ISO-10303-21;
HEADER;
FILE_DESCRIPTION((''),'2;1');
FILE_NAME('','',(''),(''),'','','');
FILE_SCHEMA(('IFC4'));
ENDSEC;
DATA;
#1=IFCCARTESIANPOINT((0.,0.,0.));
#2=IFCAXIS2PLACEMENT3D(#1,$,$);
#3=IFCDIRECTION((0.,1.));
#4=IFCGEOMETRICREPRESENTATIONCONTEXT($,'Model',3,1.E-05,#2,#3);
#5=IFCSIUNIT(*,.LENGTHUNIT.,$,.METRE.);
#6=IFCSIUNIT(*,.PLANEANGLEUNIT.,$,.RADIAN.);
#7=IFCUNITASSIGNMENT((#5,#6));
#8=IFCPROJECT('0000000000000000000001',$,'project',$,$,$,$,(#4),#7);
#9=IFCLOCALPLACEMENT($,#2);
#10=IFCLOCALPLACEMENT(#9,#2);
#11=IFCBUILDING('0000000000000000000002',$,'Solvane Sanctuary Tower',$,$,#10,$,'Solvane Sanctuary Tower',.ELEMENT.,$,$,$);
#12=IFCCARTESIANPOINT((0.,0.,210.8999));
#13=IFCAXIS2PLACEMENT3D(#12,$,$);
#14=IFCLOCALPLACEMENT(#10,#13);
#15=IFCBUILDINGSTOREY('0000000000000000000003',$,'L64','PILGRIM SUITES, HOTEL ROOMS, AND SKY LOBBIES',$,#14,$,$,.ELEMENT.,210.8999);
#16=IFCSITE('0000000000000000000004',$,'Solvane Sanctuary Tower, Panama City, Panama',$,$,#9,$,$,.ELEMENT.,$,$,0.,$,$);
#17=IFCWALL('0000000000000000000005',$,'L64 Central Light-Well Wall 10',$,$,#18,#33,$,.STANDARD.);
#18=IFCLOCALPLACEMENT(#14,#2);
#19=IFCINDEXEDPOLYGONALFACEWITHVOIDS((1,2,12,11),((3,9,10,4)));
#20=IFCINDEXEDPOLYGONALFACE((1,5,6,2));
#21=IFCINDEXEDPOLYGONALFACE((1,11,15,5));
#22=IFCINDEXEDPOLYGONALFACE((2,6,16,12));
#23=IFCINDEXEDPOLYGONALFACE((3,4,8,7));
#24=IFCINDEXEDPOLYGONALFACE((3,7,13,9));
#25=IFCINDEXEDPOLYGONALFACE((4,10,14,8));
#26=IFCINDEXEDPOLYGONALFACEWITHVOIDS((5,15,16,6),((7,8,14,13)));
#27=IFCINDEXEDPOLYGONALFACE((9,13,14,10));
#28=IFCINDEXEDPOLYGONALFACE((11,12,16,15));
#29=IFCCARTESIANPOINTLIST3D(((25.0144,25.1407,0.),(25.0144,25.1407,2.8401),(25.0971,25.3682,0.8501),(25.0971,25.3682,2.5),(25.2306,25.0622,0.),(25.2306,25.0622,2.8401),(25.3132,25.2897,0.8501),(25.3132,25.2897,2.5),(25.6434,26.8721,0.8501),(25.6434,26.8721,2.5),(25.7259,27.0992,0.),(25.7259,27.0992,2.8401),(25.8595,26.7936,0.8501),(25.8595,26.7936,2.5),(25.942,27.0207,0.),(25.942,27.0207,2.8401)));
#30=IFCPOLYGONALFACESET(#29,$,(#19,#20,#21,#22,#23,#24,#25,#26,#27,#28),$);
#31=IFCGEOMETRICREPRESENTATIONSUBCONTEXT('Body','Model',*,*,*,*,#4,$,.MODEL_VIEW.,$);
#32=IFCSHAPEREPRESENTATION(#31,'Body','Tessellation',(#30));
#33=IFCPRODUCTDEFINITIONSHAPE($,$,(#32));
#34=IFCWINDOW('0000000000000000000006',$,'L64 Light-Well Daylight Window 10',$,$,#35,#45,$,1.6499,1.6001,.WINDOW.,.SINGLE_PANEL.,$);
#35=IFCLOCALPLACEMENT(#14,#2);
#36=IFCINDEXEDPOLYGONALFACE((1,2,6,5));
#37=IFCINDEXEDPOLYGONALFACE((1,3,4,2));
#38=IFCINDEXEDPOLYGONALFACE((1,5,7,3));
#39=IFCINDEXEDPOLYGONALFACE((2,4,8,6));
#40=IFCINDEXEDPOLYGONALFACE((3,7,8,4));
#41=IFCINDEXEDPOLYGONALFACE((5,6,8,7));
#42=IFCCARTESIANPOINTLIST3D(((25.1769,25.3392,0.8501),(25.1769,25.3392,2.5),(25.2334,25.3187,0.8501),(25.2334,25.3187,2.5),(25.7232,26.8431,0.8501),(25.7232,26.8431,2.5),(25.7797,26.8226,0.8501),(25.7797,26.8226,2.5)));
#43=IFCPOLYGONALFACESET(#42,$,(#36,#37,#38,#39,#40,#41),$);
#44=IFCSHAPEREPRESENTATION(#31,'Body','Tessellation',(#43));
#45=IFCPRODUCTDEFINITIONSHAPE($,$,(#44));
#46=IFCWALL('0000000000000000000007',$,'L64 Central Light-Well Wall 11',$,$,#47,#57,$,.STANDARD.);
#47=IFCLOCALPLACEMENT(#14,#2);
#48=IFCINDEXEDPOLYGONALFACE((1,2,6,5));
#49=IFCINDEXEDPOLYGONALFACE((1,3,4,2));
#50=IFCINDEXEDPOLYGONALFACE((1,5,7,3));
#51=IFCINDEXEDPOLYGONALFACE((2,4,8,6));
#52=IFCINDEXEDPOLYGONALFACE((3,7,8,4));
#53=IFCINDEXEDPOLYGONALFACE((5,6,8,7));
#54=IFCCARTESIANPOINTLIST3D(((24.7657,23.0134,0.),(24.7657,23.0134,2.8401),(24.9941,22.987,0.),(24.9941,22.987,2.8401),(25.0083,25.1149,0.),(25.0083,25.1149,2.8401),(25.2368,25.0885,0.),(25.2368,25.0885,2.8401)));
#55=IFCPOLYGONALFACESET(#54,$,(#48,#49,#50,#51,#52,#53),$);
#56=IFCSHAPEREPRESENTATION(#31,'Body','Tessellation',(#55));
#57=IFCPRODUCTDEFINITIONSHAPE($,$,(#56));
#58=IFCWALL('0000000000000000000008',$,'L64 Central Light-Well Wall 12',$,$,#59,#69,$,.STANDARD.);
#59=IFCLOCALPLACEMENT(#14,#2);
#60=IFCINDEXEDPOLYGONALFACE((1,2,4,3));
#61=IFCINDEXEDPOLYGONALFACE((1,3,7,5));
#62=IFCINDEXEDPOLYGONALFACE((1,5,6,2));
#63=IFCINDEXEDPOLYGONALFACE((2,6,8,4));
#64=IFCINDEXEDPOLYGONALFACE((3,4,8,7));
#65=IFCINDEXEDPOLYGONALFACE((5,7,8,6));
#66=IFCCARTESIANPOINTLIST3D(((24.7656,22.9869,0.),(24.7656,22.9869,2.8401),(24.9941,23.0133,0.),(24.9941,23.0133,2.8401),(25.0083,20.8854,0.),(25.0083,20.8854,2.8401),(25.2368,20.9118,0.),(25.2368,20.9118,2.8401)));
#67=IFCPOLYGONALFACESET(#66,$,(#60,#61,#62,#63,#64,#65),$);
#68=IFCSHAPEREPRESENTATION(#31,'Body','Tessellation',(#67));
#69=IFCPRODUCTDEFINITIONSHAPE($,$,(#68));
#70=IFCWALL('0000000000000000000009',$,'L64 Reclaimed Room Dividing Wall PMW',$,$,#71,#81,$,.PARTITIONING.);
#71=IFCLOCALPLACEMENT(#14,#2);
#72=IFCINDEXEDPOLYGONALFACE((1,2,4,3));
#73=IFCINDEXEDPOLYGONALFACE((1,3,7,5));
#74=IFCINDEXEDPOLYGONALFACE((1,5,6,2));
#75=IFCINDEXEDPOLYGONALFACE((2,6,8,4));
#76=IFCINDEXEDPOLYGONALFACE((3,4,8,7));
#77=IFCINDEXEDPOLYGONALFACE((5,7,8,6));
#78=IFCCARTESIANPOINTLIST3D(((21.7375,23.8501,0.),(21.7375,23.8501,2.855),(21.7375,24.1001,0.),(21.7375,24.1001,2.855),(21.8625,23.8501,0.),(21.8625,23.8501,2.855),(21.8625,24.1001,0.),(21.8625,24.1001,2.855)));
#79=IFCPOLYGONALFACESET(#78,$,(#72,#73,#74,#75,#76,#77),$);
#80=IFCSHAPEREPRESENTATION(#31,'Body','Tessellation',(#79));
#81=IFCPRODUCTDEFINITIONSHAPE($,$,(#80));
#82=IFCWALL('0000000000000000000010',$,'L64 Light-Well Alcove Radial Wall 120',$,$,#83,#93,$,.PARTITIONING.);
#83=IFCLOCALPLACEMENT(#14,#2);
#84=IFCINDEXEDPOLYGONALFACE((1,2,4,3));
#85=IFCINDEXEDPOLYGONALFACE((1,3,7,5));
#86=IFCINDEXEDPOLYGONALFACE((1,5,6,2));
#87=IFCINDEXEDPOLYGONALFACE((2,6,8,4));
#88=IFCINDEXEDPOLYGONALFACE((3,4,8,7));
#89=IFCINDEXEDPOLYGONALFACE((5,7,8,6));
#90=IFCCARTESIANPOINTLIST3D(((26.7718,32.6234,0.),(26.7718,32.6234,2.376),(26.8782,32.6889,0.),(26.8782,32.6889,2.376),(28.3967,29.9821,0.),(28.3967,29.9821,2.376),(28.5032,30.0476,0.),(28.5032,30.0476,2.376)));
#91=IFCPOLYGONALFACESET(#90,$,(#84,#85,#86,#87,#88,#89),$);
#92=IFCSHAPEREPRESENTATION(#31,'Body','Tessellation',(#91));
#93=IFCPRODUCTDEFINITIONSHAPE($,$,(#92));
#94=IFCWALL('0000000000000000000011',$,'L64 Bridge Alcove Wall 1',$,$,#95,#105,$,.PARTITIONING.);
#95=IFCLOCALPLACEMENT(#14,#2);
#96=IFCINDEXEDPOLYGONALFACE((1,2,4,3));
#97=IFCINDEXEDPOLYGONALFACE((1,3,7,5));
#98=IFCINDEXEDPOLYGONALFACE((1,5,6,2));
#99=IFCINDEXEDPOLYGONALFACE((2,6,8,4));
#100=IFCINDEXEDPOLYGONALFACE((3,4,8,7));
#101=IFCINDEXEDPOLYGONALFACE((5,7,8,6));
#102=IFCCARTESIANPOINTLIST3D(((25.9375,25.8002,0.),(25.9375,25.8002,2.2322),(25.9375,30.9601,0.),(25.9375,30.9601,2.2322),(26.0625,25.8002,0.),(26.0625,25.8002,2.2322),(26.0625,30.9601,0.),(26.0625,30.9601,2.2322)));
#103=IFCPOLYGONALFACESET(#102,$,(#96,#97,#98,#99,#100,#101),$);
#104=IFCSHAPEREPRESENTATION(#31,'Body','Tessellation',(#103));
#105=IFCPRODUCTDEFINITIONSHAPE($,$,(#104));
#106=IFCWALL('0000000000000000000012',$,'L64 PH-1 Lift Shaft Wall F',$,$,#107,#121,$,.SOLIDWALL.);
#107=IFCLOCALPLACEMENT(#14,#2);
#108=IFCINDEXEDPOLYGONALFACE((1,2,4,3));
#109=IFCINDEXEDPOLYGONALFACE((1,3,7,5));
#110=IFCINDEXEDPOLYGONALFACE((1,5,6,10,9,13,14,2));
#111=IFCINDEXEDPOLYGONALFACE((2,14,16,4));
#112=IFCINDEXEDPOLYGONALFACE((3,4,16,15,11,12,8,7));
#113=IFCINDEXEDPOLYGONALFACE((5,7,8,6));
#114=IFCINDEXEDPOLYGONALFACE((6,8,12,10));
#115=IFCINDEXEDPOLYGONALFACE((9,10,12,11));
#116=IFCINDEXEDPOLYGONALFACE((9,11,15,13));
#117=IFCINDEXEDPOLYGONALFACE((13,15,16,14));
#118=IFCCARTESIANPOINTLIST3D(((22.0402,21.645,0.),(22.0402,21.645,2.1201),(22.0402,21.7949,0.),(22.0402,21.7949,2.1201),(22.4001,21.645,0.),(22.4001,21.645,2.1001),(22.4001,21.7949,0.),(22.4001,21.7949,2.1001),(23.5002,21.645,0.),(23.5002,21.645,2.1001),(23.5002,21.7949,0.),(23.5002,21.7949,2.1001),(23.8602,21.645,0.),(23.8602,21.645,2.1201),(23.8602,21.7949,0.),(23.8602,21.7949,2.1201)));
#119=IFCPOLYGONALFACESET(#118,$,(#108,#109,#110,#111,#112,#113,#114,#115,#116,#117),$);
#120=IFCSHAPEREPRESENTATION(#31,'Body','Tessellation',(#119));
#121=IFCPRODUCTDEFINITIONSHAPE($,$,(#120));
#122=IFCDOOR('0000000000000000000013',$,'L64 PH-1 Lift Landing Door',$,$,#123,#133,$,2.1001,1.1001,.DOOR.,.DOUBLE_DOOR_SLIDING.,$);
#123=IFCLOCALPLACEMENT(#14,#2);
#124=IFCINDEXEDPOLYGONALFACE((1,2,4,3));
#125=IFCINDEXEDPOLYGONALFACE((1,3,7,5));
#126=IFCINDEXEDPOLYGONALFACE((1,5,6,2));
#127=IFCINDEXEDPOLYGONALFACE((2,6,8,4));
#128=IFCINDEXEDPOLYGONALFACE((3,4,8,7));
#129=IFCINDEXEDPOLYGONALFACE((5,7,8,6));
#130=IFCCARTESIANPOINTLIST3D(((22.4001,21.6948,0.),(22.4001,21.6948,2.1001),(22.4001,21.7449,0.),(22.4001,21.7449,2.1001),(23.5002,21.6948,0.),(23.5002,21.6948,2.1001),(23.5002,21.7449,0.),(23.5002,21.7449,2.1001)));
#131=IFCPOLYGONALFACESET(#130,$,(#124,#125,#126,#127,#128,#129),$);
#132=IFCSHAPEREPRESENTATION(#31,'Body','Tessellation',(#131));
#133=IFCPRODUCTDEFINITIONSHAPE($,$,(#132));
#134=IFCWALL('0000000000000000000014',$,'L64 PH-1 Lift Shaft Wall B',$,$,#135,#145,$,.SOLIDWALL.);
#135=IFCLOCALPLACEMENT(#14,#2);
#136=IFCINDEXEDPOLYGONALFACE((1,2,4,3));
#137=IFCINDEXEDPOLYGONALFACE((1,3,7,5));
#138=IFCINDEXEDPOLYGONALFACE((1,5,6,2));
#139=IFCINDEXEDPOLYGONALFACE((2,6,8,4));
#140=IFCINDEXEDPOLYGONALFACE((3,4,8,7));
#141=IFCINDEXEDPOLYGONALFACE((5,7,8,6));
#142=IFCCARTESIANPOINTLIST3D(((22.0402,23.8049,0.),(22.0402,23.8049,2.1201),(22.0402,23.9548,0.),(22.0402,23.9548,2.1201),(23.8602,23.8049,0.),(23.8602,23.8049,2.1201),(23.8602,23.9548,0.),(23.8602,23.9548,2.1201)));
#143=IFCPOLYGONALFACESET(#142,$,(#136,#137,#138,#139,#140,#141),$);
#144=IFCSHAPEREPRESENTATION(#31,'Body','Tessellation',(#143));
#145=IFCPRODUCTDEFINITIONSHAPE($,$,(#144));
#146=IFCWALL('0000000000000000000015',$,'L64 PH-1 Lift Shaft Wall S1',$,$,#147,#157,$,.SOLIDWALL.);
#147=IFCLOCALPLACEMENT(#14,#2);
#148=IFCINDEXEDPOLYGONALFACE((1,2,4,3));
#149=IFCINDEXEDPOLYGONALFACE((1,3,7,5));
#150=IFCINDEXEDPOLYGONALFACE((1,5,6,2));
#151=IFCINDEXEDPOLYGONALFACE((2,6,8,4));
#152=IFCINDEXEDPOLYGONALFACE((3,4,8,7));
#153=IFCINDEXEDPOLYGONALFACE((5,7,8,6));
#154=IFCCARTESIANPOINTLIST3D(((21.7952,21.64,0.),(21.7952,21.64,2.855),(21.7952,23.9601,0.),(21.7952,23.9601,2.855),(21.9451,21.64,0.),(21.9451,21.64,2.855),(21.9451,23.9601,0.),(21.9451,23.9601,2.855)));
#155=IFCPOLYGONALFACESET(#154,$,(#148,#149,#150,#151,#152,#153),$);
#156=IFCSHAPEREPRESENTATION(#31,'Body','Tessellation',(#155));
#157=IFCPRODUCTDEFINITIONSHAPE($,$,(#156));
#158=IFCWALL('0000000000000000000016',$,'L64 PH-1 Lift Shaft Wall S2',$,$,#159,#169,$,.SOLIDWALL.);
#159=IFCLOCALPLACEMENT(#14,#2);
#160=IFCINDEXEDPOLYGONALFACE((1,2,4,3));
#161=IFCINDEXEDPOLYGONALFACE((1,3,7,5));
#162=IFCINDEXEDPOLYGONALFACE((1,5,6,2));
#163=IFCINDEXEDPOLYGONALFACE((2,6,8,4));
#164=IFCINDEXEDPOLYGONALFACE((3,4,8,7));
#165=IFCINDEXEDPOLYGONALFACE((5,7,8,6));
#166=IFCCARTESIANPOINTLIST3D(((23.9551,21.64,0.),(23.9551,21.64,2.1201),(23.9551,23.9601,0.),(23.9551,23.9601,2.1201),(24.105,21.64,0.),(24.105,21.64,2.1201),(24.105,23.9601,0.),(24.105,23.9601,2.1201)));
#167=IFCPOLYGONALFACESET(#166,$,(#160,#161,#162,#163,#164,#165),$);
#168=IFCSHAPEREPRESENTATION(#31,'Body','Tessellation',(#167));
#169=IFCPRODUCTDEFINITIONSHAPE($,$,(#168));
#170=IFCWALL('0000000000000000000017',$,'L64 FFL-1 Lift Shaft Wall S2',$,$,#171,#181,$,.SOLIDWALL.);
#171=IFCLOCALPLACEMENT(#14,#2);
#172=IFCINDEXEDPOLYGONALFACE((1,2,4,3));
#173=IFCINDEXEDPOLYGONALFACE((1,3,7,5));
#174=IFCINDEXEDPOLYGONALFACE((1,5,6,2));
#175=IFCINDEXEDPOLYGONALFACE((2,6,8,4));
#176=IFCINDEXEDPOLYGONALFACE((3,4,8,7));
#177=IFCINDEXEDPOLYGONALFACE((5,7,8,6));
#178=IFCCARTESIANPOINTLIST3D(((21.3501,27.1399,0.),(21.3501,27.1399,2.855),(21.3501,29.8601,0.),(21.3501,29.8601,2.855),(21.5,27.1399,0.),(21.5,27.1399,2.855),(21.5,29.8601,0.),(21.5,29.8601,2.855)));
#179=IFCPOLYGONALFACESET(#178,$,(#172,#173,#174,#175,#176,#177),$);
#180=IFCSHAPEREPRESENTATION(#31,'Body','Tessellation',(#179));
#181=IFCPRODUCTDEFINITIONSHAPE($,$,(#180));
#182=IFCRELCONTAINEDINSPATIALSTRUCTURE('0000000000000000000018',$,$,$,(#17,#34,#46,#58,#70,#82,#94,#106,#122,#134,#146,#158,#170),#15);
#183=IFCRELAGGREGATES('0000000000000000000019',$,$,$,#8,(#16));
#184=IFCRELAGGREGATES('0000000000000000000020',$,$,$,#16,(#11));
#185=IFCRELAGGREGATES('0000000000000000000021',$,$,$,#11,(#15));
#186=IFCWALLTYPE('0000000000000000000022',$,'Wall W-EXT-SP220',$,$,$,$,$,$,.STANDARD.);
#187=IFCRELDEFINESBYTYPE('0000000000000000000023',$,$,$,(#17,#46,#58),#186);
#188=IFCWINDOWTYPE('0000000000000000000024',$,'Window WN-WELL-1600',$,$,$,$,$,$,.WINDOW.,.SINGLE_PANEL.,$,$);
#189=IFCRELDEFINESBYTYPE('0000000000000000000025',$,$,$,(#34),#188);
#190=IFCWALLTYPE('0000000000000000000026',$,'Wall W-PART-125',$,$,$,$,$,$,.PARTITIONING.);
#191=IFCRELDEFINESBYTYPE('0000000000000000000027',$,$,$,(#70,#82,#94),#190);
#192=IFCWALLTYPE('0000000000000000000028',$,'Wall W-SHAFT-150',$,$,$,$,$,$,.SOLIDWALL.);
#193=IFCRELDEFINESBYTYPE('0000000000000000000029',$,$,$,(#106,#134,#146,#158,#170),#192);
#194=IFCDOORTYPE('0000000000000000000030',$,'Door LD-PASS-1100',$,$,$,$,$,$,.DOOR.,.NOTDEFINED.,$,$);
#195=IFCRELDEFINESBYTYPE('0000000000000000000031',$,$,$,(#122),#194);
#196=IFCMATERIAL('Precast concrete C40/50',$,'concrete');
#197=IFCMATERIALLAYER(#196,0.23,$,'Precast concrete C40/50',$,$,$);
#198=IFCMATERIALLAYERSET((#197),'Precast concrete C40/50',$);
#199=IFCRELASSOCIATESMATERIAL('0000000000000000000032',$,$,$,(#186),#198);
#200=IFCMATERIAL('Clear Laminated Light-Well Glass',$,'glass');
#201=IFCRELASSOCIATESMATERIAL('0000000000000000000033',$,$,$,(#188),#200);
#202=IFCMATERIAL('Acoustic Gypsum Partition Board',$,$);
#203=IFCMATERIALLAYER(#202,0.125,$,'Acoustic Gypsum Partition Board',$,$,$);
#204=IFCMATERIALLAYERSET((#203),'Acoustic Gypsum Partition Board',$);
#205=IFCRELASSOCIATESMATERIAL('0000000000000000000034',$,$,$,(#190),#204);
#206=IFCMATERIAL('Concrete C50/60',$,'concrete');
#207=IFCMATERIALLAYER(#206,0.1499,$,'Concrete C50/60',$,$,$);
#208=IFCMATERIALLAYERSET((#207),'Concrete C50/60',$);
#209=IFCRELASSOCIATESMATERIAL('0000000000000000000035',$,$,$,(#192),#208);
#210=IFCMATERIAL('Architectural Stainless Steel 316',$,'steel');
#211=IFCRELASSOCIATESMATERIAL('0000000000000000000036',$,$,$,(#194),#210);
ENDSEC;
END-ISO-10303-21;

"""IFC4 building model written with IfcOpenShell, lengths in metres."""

from ifc_helpers import new_model, si_unit, direction, frame, frame_2d, origin, place, context, subcontext, project, spatial, rectangle, extrude, material, layer, layer_set, type_object, element, fill, save


model = new_model("IFC4")

# Units and contexts
model_context = context("Model", 3, precision=1e-05, world=origin(), true_north=direction((0.0, 1.0)))
body_context = subcontext(model_context, "Body", "Model", "MODEL_VIEW")
ifc_project = project(units=[si_unit("LENGTHUNIT", "METRE"), si_unit("PLANEANGLEUNIT", "RADIAN")], contexts=[model_context])

# Site, building, storey
site_placement = place(None, origin())
site = spatial("IfcSite", under=ifc_project, at=site_placement, Name="Solvane Sanctuary Tower, Panama City, Panama", CompositionType="ELEMENT", RefElevation=0.0)
building_placement = place(site_placement, origin())
building = spatial("IfcBuilding", under=site, at=building_placement, Name="Solvane Sanctuary Tower", LongName="Solvane Sanctuary Tower", CompositionType="ELEMENT")
storey_placement = place(building_placement, frame((0.0, 0.0, 210.8999)))
storey = spatial("IfcBuildingStorey", under=building, at=storey_placement, Name="L64", Description="PILGRIM SUITES, HOTEL ROOMS, AND SKY LOBBIES", CompositionType="ELEMENT", Elevation=210.8999)

# Shared definitions
ifc_material_1 = material(Name="Concrete C50/60", Category="concrete")

# Shared definitions
ifc_material_2 = material(Name="Acoustic Gypsum Partition Board")
ifc_material_3 = material(Name="Architectural Stainless Steel 316", Category="steel")

# Shared definitions
ifc_material_4 = material(Name="Precast concrete C40/50", Category="concrete")
ifc_layer_1 = layer(ifc_material_4, 0.23, Name="Precast concrete C40/50")
ifc_layer_set_1 = layer_set([ifc_layer_1], Name="Precast concrete C40/50")
wall_type_1 = type_object("IfcWallType", Name="Wall W-EXT-SP220", PredefinedType="STANDARD", material=ifc_layer_set_1)

# Wall, opening, window
wall_1_placement = place(storey_placement, frame((25.834, 27.0601, 0.0), z_axis=(0.0, 0.0, 1.0), x_axis=(-0.341423, -0.93991, 0.0)))
wall_1 = element("IfcWall", 1, at=wall_1_placement, inside=storey, type_object=wall_type_1, Name="L64 Central Light-Well Wall 10", PredefinedType="STANDARD", context=body_context, shape_type="SweptSolid", body=[
    extrude(rectangle(XDim=2.0837, YDim=0.23, at=frame_2d((1.042, 0.0))), origin(), (0.0, 0.0, 1.0), 2.8401),
])
opening_1_placement = place(wall_1_placement, frame((0.2417, 0.0, 0.8501)))
opening_1 = element("IfcOpeningElement", 2, at=opening_1_placement, cuts=wall_1, PredefinedType="OPENING", context=body_context, shape_type="SweptSolid", body=[
    extrude(rectangle(XDim=1.6001, YDim=1.6499, at=frame_2d((0.8, 0.825))), frame((0.0, 0.125, 0.0), z_axis=(0.0, -1.0, 0.0), x_axis=(1.0, 0.0, 0.0)), (0.0, 0.0, 1.0), 0.25),
])
ifc_material_5 = material(Name="Clear Laminated Light-Well Glass", Category="glass")
window_type = type_object("IfcWindowType", Name="Window WN-WELL-1600", PartitioningType="SINGLE_PANEL", PredefinedType="WINDOW", material=ifc_material_5)
window_placement = place(opening_1_placement, origin())
window = element("IfcWindow", 3, at=window_placement, inside=storey, type_object=window_type, Name="L64 Light-Well Daylight Window 10", OverallHeight=1.6499, OverallWidth=1.6001, PartitioningType="SINGLE_PANEL", PredefinedType="WINDOW", context=body_context, shape_type="SweptSolid", body=[
    extrude(rectangle(XDim=1.6001, YDim=1.6499, at=frame_2d((0.8, 0.825))), frame((0.0, 0.03, 0.0), z_axis=(0.0, -1.0, 0.0), x_axis=(1.0, 0.0, 0.0)), (0.0, 0.0, 1.0), 0.0601),
])
fill(opening_1, window)

# Walls
for number, where, z_axis, x_axis, name in (
    (4, (25.1226, 25.1016, 0.0), (0.0, 0.0, 1.0), (-0.114712, -0.993399, 0.0), "L64 Central Light-Well Wall 11"),
    (5, (24.8799, 23.0, 0.0), (0.0, 0.0, 1.0), (0.114712, -0.993399, 0.0), "L64 Central Light-Well Wall 12"),
):
    element("IfcWall", number, at=place(storey_placement, frame(where, z_axis=z_axis, x_axis=x_axis)), inside=storey, type_object=wall_type_1, Name=name, PredefinedType="STANDARD", context=body_context, shape_type="SweptSolid", body=[
        extrude(rectangle(XDim=2.1155, YDim=0.23, at=frame_2d((1.0576, 0.0))), origin(), (0.0, 0.0, 1.0), 2.8401),
    ])
ifc_layer_2 = layer(ifc_material_2, 0.125, Name="Acoustic Gypsum Partition Board")
ifc_layer_set_2 = layer_set([ifc_layer_2], Name="Acoustic Gypsum Partition Board")
wall_type_2 = type_object("IfcWallType", Name="Wall W-PART-125", PredefinedType="PARTITIONING", material=ifc_layer_set_2)
wall_2_placement = place(storey_placement, frame((21.8, 23.8501, 0.0), z_axis=(0.0, 0.0, 1.0), x_axis=(0.0, 1.0, 0.0)))
element("IfcWall", 6, at=wall_2_placement, inside=storey, type_object=wall_type_2, Name="L64 Reclaimed Room Dividing Wall PMW", PredefinedType="PARTITIONING", context=body_context, shape_type="SweptSolid", body=[
    extrude(rectangle(XDim=0.25, YDim=0.125, at=frame_2d((0.125, 0.0))), origin(), (0.0, 0.0, 1.0), 2.855),
])
wall_3_placement = place(storey_placement, frame((28.45, 30.0149, 0.0), z_axis=(0.0, 0.0, 1.0), x_axis=(-0.523992, 0.851723, 0.0)))
element("IfcWall", 7, at=wall_3_placement, inside=storey, type_object=wall_type_2, Name="L64 Light-Well Alcove Radial Wall 120", PredefinedType="PARTITIONING", context=body_context, shape_type="SweptSolid", body=[
    extrude(rectangle(XDim=3.1011, YDim=0.125, at=frame_2d((1.5505, 0.0))), origin(), (0.0, 0.0, 1.0), 2.376),
])
wall_4_placement = place(storey_placement, frame((26.0, 25.8, 0.0), z_axis=(0.0, 0.0, 1.0), x_axis=(0.0, 1.0, 0.0)))
element("IfcWall", 8, at=wall_4_placement, inside=storey, type_object=wall_type_2, Name="L64 Bridge Alcove Wall 1", PredefinedType="PARTITIONING", context=body_context, shape_type="SweptSolid", body=[
    extrude(rectangle(XDim=5.1599, YDim=0.125, at=frame_2d((2.5801, 0.0))), origin(), (0.0, 0.0, 1.0), 2.2322),
])

# Wall, opening, door
ifc_layer_3 = layer(ifc_material_1, 0.1499, Name="Concrete C50/60")
ifc_layer_set_3 = layer_set([ifc_layer_3], Name="Concrete C50/60")
wall_type_3 = type_object("IfcWallType", Name="Wall W-SHAFT-150", PredefinedType="SOLIDWALL", material=ifc_layer_set_3)
wall_5_placement = place(storey_placement, frame((22.04, 21.72, 0.0), z_axis=(0.0, 0.0, 1.0), x_axis=(1.0, 0.0, 0.0)))
wall_5 = element("IfcWall", 9, at=wall_5_placement, inside=storey, type_object=wall_type_3, Name="L64 PH-1 Lift Shaft Wall F", PredefinedType="SOLIDWALL", context=body_context, shape_type="SweptSolid", body=[
    extrude(rectangle(XDim=1.8201, YDim=0.1499, at=frame_2d((0.9102, 0.0))), origin(), (0.0, 0.0, 1.0), 2.1201),
])
opening_2_placement = place(wall_5_placement, frame((0.3601, 0.0, 0.0)))
opening_2 = element("IfcOpeningElement", 10, at=opening_2_placement, cuts=wall_5, PredefinedType="OPENING", context=body_context, shape_type="SweptSolid", body=[
    extrude(rectangle(XDim=1.1001, YDim=2.1001, at=frame_2d((0.55, 1.05))), frame((0.0, 0.085, 0.0), z_axis=(0.0, -1.0, 0.0), x_axis=(1.0, 0.0, 0.0)), (0.0, 0.0, 1.0), 0.1699),
])
door_type_1 = type_object("IfcDoorType", Name="Door LD-PASS-1100", OperationType="NOTDEFINED", PredefinedType="DOOR", material=ifc_material_3)
door_1_placement = place(opening_2_placement, origin())
door_1 = element("IfcDoor", 11, at=door_1_placement, inside=storey, type_object=door_type_1, Name="L64 PH-1 Lift Landing Door", OperationType="DOUBLE_DOOR_SLIDING", OverallHeight=2.1001, OverallWidth=1.1001, PredefinedType="DOOR", context=body_context, shape_type="SweptSolid", body=[
    extrude(rectangle(XDim=1.1001, YDim=2.1001, at=frame_2d((0.55, 1.05))), frame((0.0, 0.0249, 0.0), z_axis=(0.0, -1.0, 0.0), x_axis=(1.0, 0.0, 0.0)), (0.0, 0.0, 1.0), 0.05),
])
fill(opening_2, door_1)

# Walls
wall_6_placement = place(storey_placement, frame((22.04, 23.8799, 0.0), z_axis=(0.0, 0.0, 1.0), x_axis=(1.0, 0.0, 0.0)))
element("IfcWall", 12, at=wall_6_placement, inside=storey, type_object=wall_type_3, Name="L64 PH-1 Lift Shaft Wall B", PredefinedType="SOLIDWALL", context=body_context, shape_type="SweptSolid", body=[
    extrude(rectangle(XDim=1.8201, YDim=0.1499, at=frame_2d((0.9102, 0.0))), origin(), (0.0, 0.0, 1.0), 2.1201),
])
wall_7_placement = place(storey_placement, frame((21.8701, 21.6399, 0.0), z_axis=(0.0, 0.0, 1.0), x_axis=(0.0, 1.0, 0.0)))
element("IfcWall", 13, at=wall_7_placement, inside=storey, type_object=wall_type_3, Name="L64 PH-1 Lift Shaft Wall S1", PredefinedType="SOLIDWALL", context=body_context, shape_type="SweptSolid", body=[
    extrude(rectangle(XDim=2.3201, YDim=0.1499, at=frame_2d((1.1602, 0.0))), origin(), (0.0, 0.0, 1.0), 2.855),
])
wall_8_placement = place(storey_placement, frame((24.03, 21.6399, 0.0), z_axis=(0.0, 0.0, 1.0), x_axis=(0.0, 1.0, 0.0)))
element("IfcWall", 14, at=wall_8_placement, inside=storey, type_object=wall_type_3, Name="L64 PH-1 Lift Shaft Wall S2", PredefinedType="SOLIDWALL", context=body_context, shape_type="SweptSolid", body=[
    extrude(rectangle(XDim=2.3201, YDim=0.1499, at=frame_2d((1.1602, 0.0))), origin(), (0.0, 0.0, 1.0), 2.1201),
])
wall_9_placement = place(storey_placement, frame((21.425, 27.1399, 0.0), z_axis=(0.0, 0.0, 1.0), x_axis=(0.0, 1.0, 0.0)))
element("IfcWall", 15, at=wall_9_placement, inside=storey, type_object=wall_type_3, Name="L64 FFL-1 Lift Shaft Wall S2", PredefinedType="SOLIDWALL", context=body_context, shape_type="SweptSolid", body=[
    extrude(rectangle(XDim=2.7202, YDim=0.1499, at=frame_2d((1.3601, 0.0))), origin(), (0.0, 0.0, 1.0), 2.855),
])

save(model, "model.ifc")
